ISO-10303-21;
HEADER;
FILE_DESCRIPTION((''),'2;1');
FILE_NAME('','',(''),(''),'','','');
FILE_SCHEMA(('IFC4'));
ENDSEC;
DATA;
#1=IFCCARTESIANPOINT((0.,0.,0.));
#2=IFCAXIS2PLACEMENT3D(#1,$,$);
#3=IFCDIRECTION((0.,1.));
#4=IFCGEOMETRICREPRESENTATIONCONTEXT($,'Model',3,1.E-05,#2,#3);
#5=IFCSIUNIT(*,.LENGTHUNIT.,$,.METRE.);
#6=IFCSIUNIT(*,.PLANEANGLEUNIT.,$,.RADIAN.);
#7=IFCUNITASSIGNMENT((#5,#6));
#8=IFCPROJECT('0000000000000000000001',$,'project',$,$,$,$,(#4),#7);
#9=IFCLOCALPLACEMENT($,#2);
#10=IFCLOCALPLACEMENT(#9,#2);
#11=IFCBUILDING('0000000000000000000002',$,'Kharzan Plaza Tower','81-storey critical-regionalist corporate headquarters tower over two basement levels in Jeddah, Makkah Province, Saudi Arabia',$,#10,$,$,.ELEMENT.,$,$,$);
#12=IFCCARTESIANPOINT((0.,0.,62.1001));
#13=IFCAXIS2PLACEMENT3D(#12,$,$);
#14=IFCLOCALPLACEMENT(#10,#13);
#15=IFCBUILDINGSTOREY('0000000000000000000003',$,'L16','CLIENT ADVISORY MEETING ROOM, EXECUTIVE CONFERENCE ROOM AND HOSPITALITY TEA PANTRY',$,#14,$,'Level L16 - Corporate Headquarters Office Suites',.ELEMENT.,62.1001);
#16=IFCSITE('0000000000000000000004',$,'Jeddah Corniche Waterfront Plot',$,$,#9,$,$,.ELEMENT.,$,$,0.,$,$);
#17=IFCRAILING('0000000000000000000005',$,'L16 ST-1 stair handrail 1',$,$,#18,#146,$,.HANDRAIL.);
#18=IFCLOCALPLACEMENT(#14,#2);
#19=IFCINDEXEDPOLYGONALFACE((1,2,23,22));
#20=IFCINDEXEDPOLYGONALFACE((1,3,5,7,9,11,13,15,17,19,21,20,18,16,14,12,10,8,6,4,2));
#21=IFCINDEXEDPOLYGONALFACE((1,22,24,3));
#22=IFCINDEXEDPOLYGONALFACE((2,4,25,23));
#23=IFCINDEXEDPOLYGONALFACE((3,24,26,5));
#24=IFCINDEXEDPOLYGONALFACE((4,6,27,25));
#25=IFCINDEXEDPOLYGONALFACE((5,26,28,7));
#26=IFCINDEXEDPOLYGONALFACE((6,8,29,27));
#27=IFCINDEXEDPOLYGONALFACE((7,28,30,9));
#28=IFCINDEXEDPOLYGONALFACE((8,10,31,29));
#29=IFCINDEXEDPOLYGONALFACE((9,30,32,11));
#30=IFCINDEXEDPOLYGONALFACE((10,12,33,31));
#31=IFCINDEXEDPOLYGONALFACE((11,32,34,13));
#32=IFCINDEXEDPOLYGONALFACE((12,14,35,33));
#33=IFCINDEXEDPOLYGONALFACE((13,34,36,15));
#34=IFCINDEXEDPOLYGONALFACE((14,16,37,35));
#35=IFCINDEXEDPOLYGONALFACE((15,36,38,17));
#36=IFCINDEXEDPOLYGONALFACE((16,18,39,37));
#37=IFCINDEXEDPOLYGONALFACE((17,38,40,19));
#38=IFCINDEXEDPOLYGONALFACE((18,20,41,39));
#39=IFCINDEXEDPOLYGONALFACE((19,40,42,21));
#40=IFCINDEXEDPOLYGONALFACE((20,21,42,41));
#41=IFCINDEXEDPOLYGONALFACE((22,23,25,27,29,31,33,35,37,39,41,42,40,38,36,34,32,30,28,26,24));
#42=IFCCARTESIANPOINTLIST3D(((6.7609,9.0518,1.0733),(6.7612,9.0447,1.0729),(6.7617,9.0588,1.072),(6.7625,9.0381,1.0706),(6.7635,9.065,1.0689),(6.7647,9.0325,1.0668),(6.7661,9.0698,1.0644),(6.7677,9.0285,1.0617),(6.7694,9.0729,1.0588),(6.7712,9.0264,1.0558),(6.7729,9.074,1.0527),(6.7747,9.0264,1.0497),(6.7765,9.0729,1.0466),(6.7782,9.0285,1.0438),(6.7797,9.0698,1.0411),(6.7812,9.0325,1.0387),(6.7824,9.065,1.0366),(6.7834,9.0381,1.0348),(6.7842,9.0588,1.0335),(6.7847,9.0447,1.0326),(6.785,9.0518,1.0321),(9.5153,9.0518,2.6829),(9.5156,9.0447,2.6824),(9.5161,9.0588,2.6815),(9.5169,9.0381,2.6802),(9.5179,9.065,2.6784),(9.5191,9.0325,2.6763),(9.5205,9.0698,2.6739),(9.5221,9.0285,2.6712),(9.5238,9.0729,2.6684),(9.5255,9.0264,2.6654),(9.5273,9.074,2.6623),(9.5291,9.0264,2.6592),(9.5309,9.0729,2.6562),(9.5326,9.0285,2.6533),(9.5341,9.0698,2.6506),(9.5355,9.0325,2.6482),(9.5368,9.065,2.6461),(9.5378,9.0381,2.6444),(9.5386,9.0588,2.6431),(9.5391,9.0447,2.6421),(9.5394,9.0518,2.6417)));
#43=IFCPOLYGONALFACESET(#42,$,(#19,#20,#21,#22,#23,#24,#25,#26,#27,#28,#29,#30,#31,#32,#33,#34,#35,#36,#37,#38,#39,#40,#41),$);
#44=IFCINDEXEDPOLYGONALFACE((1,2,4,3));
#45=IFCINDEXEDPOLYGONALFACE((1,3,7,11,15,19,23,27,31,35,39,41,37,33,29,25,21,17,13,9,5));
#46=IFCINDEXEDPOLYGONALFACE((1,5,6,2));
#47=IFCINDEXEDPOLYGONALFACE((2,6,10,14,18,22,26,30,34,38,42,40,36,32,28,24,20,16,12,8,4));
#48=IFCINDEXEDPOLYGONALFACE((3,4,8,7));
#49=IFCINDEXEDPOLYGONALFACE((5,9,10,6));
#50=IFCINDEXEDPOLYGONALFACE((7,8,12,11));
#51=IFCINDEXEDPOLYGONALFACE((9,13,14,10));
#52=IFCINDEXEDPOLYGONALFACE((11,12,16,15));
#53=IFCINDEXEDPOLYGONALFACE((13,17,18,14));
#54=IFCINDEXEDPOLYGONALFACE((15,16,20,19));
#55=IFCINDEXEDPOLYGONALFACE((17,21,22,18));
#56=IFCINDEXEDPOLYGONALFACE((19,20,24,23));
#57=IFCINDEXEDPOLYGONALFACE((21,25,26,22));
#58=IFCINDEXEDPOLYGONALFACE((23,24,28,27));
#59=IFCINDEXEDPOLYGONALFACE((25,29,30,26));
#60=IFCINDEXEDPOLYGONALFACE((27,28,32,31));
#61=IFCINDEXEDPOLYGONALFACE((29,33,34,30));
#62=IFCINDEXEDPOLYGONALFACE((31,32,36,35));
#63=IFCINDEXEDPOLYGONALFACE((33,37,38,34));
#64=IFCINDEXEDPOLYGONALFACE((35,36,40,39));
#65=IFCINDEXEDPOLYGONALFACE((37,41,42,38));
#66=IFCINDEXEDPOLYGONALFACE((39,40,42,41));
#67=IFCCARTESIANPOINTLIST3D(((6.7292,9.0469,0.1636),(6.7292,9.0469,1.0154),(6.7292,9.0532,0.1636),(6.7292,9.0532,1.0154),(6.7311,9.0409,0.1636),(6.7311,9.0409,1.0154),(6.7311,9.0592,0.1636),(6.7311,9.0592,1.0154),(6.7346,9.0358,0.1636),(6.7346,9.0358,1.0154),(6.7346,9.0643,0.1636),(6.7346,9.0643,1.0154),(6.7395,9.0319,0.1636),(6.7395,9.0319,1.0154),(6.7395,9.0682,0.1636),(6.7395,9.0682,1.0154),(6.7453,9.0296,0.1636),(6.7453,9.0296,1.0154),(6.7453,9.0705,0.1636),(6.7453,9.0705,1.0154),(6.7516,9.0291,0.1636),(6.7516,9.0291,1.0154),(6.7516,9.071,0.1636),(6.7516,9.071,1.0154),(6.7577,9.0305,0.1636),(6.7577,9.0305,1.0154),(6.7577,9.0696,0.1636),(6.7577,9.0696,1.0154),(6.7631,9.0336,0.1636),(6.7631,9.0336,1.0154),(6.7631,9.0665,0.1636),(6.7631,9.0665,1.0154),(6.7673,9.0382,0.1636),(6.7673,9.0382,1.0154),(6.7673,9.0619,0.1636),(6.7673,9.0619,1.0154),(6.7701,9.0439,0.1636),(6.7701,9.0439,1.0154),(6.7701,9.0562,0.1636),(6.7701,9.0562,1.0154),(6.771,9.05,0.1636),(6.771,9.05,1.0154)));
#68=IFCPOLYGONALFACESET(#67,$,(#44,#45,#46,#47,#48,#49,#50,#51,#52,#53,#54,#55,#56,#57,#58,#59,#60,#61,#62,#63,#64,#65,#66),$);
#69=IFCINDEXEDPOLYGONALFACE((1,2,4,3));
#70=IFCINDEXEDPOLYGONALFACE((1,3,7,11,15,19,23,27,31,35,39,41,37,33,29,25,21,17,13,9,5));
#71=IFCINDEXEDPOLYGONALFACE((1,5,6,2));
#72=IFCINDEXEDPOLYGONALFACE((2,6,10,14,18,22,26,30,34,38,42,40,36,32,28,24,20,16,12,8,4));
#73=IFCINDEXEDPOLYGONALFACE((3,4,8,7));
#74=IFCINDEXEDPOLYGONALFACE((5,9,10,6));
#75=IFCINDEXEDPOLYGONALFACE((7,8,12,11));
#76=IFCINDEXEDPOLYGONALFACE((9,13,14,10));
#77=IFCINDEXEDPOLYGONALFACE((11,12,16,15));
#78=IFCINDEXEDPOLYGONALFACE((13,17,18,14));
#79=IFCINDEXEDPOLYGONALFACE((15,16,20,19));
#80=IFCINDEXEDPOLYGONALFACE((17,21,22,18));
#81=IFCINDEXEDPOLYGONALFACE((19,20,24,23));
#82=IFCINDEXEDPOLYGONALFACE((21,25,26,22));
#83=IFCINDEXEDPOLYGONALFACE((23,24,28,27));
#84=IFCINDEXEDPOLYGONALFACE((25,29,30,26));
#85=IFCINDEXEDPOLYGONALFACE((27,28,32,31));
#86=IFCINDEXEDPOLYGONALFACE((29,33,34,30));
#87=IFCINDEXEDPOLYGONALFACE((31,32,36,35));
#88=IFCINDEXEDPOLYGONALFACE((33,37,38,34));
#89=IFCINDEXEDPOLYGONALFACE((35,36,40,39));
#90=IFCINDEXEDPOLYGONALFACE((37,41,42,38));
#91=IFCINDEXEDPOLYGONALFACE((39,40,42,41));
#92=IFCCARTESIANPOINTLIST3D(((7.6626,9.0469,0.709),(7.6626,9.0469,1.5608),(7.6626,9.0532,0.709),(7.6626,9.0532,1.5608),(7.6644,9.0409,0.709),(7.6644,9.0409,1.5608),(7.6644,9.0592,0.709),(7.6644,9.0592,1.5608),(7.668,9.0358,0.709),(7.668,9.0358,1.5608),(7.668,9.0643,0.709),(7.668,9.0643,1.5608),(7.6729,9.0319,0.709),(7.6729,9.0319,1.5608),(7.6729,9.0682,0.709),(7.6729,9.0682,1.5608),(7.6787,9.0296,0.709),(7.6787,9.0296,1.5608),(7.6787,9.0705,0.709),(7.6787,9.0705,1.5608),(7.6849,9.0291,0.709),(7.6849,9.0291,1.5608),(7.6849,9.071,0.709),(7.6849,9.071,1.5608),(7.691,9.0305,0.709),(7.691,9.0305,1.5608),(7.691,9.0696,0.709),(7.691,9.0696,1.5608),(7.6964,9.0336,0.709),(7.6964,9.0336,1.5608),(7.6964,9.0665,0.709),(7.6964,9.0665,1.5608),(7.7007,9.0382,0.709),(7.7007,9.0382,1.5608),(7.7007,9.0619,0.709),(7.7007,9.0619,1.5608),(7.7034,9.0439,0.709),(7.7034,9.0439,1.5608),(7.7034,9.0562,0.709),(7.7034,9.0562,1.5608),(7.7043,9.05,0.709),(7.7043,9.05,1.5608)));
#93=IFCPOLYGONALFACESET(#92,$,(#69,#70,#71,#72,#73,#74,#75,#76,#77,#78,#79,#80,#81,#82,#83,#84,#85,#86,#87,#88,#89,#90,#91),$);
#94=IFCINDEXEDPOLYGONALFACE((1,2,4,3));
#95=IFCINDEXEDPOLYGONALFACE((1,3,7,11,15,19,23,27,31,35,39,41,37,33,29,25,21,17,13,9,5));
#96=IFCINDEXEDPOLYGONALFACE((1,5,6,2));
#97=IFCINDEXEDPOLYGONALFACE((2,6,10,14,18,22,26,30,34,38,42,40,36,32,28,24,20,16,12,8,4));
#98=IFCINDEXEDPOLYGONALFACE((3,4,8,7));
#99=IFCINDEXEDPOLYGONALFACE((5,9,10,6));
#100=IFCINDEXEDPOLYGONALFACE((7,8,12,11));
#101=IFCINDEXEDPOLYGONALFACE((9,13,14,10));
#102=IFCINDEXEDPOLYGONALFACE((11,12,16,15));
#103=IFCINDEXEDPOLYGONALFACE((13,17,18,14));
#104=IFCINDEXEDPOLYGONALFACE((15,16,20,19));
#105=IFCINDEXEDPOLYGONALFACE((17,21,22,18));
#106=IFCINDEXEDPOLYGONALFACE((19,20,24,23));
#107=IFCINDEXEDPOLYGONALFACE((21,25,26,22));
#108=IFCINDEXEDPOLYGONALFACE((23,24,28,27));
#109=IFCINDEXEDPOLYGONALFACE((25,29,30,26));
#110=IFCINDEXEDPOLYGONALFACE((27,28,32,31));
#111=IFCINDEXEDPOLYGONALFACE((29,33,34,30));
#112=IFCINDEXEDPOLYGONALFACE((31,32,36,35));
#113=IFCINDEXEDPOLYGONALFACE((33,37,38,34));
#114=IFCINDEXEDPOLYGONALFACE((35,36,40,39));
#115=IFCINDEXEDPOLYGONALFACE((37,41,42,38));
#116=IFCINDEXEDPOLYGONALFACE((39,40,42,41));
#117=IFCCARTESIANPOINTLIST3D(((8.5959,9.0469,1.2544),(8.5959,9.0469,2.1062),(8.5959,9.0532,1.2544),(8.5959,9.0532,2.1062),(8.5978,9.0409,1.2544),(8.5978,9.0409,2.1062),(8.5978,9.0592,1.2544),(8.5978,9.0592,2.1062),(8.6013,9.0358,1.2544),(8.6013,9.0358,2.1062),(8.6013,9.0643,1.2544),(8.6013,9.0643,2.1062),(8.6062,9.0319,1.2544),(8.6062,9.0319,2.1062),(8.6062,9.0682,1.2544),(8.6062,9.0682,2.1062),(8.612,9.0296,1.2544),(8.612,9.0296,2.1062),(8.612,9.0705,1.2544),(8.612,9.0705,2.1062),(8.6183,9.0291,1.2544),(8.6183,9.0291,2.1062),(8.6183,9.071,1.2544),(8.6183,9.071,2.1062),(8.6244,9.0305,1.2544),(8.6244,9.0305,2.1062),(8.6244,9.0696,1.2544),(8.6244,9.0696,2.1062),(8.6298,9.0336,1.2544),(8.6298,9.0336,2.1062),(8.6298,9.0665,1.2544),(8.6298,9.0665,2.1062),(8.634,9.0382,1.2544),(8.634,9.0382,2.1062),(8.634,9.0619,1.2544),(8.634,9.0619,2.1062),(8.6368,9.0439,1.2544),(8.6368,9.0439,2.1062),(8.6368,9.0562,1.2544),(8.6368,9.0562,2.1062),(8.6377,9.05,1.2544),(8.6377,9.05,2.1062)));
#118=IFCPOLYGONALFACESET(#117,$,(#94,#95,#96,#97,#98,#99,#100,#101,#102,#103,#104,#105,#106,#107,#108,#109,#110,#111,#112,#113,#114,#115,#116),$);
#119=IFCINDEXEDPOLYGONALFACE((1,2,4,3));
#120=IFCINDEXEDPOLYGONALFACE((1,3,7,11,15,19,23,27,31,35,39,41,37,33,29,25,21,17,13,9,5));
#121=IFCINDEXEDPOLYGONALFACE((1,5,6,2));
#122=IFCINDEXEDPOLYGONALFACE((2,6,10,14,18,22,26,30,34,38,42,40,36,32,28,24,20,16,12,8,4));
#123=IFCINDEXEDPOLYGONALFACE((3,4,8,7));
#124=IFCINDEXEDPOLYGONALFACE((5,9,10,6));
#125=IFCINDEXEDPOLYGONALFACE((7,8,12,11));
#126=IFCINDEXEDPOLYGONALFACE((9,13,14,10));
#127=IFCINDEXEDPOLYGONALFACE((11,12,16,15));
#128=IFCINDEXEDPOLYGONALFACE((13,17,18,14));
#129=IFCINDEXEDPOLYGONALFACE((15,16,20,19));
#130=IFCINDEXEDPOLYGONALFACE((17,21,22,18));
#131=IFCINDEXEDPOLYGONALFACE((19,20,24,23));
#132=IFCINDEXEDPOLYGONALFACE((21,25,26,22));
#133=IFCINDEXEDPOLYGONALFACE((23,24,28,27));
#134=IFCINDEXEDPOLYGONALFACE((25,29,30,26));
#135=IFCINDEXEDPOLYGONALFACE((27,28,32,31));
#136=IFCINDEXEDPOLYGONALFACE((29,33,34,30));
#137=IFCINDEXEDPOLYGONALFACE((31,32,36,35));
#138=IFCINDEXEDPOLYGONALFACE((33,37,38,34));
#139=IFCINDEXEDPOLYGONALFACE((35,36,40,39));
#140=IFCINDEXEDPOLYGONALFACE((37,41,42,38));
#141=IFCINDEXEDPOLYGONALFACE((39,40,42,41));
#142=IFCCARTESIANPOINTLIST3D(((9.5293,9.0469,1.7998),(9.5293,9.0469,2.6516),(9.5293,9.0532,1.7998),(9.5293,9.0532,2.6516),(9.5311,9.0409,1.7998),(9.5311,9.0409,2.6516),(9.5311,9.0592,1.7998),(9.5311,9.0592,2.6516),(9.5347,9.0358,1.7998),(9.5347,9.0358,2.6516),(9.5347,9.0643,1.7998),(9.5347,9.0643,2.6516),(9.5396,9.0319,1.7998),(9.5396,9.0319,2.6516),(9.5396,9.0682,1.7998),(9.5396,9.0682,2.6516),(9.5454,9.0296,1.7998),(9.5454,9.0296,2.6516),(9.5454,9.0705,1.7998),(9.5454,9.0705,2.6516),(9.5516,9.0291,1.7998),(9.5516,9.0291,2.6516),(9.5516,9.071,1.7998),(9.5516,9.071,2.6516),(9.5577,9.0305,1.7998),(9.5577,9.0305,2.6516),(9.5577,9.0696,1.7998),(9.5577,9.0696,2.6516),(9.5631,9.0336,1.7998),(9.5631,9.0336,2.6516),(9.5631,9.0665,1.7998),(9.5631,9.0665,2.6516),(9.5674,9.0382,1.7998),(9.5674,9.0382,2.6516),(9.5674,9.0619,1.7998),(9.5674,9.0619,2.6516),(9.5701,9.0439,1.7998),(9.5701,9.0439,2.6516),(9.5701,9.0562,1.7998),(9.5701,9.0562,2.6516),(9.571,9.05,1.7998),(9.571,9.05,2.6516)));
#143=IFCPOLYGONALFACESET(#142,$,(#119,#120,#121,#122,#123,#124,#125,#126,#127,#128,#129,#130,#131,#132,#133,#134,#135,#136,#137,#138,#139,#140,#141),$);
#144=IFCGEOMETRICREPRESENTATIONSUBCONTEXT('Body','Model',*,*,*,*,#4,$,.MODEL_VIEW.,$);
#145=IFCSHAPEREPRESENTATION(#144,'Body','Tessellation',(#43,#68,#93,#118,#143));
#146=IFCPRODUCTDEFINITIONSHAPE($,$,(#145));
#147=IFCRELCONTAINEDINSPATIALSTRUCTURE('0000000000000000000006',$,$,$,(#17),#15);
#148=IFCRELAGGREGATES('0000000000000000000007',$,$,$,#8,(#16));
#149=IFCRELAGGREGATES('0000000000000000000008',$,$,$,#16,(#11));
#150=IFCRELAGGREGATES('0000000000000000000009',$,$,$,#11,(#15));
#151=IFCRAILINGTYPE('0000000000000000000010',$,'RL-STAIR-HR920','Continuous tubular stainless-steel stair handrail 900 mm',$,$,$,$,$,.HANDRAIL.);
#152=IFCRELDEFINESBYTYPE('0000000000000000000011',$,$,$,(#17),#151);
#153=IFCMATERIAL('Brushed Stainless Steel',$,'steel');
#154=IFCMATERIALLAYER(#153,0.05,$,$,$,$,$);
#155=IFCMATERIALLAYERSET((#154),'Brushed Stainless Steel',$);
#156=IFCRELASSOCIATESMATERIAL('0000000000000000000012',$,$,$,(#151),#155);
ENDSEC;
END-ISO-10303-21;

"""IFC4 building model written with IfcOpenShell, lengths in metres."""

from ifc_helpers import new_model, si_unit, direction, frame, origin, origin_2d, place, context, subcontext, project, spatial, circle, extrude, source, transform, mapped, material, layer, layer_set, type_object, element, save


model = new_model("IFC4")

# Units and contexts
model_context = context("Model", 3, precision=1e-05, world=origin(), true_north=direction((0.0, 1.0)))
body_context = subcontext(model_context, "Body", "Model", "MODEL_VIEW")
ifc_project = project(units=[si_unit("LENGTHUNIT", "METRE"), si_unit("PLANEANGLEUNIT", "RADIAN")], contexts=[model_context])

# Site, building, storey
site_placement = place(None, origin())
site = spatial("IfcSite", under=ifc_project, at=site_placement, Name="Jeddah Corniche Waterfront Plot", CompositionType="ELEMENT", RefElevation=0.0)
building_placement = place(site_placement, origin())
building = spatial("IfcBuilding", under=site, at=building_placement, Name="Kharzan Plaza Tower", Description="81-storey critical-regionalist corporate headquarters tower over two basement levels in Jeddah, Makkah Province, Saudi Arabia", CompositionType="ELEMENT")
storey_placement = place(building_placement, frame((0.0, 0.0, 62.1001)))
storey = spatial("IfcBuildingStorey", under=building, at=storey_placement, Name="L16", Description="CLIENT ADVISORY MEETING ROOM, EXECUTIVE CONFERENCE ROOM AND HOSPITALITY TEA PANTRY", LongName="Level L16 - Corporate Headquarters Office Suites", CompositionType="ELEMENT", Elevation=62.1001)

# Railing
ifc_material_1 = material(Name="Brushed Stainless Steel", Category="steel")
ifc_layer_1 = layer(ifc_material_1, 0.05)
ifc_layer_set_1 = layer_set([ifc_layer_1], Name="Brushed Stainless Steel")
railing_type_1 = type_object("IfcRailingType", Name="RL-STAIR-HR920", Description="Continuous tubular stainless-steel stair handrail 900 mm", PredefinedType="HANDRAIL", material=ifc_layer_set_1)
shared_shape_1 = source(origin(), body_context, "Body", "SweptSolid", [
    extrude(circle(Radius=0.0239, at=origin_2d()), frame((0.0229, 0.0, 0.8892), z_axis=(0.863394, 0.0, 0.504531), x_axis=(0.0, 1.0, 0.0)), (0.0, 0.0, 1.0), 3.1902),
    extrude(circle(Radius=0.021, at=origin_2d()), origin(), (0.0, 0.0, 1.0), 0.8518),
    extrude(circle(Radius=0.021, at=origin_2d()), frame((0.9333, 0.0, 0.5454)), (0.0, 0.0, 1.0), 0.8518),
    extrude(circle(Radius=0.021, at=origin_2d()), frame((1.8667, 0.0, 1.0908)), (0.0, 0.0, 1.0), 0.8518),
    extrude(circle(Radius=0.021, at=origin_2d()), frame((2.8, 0.0, 1.6362)), (0.0, 0.0, 1.0), 0.8518),
])
railing_1_placement = place(storey_placement, frame((6.75, 9.05, 0.1636)))
element("IfcRailing", 1, at=railing_1_placement, inside=storey, type_object=railing_type_1, Name="L16 ST-1 stair handrail 1", PredefinedType="HANDRAIL", context=body_context, shape_type="MappedRepresentation", body=[
    mapped(shared_shape_1, transform((0.0, 0.0, 0.0), x_axis=(1.0, 0.0, 0.0), y_axis=(0.0, 1.0, 0.0), z_axis=(0.0, 0.0, 1.0))),
])

save(model, "model.ifc")
